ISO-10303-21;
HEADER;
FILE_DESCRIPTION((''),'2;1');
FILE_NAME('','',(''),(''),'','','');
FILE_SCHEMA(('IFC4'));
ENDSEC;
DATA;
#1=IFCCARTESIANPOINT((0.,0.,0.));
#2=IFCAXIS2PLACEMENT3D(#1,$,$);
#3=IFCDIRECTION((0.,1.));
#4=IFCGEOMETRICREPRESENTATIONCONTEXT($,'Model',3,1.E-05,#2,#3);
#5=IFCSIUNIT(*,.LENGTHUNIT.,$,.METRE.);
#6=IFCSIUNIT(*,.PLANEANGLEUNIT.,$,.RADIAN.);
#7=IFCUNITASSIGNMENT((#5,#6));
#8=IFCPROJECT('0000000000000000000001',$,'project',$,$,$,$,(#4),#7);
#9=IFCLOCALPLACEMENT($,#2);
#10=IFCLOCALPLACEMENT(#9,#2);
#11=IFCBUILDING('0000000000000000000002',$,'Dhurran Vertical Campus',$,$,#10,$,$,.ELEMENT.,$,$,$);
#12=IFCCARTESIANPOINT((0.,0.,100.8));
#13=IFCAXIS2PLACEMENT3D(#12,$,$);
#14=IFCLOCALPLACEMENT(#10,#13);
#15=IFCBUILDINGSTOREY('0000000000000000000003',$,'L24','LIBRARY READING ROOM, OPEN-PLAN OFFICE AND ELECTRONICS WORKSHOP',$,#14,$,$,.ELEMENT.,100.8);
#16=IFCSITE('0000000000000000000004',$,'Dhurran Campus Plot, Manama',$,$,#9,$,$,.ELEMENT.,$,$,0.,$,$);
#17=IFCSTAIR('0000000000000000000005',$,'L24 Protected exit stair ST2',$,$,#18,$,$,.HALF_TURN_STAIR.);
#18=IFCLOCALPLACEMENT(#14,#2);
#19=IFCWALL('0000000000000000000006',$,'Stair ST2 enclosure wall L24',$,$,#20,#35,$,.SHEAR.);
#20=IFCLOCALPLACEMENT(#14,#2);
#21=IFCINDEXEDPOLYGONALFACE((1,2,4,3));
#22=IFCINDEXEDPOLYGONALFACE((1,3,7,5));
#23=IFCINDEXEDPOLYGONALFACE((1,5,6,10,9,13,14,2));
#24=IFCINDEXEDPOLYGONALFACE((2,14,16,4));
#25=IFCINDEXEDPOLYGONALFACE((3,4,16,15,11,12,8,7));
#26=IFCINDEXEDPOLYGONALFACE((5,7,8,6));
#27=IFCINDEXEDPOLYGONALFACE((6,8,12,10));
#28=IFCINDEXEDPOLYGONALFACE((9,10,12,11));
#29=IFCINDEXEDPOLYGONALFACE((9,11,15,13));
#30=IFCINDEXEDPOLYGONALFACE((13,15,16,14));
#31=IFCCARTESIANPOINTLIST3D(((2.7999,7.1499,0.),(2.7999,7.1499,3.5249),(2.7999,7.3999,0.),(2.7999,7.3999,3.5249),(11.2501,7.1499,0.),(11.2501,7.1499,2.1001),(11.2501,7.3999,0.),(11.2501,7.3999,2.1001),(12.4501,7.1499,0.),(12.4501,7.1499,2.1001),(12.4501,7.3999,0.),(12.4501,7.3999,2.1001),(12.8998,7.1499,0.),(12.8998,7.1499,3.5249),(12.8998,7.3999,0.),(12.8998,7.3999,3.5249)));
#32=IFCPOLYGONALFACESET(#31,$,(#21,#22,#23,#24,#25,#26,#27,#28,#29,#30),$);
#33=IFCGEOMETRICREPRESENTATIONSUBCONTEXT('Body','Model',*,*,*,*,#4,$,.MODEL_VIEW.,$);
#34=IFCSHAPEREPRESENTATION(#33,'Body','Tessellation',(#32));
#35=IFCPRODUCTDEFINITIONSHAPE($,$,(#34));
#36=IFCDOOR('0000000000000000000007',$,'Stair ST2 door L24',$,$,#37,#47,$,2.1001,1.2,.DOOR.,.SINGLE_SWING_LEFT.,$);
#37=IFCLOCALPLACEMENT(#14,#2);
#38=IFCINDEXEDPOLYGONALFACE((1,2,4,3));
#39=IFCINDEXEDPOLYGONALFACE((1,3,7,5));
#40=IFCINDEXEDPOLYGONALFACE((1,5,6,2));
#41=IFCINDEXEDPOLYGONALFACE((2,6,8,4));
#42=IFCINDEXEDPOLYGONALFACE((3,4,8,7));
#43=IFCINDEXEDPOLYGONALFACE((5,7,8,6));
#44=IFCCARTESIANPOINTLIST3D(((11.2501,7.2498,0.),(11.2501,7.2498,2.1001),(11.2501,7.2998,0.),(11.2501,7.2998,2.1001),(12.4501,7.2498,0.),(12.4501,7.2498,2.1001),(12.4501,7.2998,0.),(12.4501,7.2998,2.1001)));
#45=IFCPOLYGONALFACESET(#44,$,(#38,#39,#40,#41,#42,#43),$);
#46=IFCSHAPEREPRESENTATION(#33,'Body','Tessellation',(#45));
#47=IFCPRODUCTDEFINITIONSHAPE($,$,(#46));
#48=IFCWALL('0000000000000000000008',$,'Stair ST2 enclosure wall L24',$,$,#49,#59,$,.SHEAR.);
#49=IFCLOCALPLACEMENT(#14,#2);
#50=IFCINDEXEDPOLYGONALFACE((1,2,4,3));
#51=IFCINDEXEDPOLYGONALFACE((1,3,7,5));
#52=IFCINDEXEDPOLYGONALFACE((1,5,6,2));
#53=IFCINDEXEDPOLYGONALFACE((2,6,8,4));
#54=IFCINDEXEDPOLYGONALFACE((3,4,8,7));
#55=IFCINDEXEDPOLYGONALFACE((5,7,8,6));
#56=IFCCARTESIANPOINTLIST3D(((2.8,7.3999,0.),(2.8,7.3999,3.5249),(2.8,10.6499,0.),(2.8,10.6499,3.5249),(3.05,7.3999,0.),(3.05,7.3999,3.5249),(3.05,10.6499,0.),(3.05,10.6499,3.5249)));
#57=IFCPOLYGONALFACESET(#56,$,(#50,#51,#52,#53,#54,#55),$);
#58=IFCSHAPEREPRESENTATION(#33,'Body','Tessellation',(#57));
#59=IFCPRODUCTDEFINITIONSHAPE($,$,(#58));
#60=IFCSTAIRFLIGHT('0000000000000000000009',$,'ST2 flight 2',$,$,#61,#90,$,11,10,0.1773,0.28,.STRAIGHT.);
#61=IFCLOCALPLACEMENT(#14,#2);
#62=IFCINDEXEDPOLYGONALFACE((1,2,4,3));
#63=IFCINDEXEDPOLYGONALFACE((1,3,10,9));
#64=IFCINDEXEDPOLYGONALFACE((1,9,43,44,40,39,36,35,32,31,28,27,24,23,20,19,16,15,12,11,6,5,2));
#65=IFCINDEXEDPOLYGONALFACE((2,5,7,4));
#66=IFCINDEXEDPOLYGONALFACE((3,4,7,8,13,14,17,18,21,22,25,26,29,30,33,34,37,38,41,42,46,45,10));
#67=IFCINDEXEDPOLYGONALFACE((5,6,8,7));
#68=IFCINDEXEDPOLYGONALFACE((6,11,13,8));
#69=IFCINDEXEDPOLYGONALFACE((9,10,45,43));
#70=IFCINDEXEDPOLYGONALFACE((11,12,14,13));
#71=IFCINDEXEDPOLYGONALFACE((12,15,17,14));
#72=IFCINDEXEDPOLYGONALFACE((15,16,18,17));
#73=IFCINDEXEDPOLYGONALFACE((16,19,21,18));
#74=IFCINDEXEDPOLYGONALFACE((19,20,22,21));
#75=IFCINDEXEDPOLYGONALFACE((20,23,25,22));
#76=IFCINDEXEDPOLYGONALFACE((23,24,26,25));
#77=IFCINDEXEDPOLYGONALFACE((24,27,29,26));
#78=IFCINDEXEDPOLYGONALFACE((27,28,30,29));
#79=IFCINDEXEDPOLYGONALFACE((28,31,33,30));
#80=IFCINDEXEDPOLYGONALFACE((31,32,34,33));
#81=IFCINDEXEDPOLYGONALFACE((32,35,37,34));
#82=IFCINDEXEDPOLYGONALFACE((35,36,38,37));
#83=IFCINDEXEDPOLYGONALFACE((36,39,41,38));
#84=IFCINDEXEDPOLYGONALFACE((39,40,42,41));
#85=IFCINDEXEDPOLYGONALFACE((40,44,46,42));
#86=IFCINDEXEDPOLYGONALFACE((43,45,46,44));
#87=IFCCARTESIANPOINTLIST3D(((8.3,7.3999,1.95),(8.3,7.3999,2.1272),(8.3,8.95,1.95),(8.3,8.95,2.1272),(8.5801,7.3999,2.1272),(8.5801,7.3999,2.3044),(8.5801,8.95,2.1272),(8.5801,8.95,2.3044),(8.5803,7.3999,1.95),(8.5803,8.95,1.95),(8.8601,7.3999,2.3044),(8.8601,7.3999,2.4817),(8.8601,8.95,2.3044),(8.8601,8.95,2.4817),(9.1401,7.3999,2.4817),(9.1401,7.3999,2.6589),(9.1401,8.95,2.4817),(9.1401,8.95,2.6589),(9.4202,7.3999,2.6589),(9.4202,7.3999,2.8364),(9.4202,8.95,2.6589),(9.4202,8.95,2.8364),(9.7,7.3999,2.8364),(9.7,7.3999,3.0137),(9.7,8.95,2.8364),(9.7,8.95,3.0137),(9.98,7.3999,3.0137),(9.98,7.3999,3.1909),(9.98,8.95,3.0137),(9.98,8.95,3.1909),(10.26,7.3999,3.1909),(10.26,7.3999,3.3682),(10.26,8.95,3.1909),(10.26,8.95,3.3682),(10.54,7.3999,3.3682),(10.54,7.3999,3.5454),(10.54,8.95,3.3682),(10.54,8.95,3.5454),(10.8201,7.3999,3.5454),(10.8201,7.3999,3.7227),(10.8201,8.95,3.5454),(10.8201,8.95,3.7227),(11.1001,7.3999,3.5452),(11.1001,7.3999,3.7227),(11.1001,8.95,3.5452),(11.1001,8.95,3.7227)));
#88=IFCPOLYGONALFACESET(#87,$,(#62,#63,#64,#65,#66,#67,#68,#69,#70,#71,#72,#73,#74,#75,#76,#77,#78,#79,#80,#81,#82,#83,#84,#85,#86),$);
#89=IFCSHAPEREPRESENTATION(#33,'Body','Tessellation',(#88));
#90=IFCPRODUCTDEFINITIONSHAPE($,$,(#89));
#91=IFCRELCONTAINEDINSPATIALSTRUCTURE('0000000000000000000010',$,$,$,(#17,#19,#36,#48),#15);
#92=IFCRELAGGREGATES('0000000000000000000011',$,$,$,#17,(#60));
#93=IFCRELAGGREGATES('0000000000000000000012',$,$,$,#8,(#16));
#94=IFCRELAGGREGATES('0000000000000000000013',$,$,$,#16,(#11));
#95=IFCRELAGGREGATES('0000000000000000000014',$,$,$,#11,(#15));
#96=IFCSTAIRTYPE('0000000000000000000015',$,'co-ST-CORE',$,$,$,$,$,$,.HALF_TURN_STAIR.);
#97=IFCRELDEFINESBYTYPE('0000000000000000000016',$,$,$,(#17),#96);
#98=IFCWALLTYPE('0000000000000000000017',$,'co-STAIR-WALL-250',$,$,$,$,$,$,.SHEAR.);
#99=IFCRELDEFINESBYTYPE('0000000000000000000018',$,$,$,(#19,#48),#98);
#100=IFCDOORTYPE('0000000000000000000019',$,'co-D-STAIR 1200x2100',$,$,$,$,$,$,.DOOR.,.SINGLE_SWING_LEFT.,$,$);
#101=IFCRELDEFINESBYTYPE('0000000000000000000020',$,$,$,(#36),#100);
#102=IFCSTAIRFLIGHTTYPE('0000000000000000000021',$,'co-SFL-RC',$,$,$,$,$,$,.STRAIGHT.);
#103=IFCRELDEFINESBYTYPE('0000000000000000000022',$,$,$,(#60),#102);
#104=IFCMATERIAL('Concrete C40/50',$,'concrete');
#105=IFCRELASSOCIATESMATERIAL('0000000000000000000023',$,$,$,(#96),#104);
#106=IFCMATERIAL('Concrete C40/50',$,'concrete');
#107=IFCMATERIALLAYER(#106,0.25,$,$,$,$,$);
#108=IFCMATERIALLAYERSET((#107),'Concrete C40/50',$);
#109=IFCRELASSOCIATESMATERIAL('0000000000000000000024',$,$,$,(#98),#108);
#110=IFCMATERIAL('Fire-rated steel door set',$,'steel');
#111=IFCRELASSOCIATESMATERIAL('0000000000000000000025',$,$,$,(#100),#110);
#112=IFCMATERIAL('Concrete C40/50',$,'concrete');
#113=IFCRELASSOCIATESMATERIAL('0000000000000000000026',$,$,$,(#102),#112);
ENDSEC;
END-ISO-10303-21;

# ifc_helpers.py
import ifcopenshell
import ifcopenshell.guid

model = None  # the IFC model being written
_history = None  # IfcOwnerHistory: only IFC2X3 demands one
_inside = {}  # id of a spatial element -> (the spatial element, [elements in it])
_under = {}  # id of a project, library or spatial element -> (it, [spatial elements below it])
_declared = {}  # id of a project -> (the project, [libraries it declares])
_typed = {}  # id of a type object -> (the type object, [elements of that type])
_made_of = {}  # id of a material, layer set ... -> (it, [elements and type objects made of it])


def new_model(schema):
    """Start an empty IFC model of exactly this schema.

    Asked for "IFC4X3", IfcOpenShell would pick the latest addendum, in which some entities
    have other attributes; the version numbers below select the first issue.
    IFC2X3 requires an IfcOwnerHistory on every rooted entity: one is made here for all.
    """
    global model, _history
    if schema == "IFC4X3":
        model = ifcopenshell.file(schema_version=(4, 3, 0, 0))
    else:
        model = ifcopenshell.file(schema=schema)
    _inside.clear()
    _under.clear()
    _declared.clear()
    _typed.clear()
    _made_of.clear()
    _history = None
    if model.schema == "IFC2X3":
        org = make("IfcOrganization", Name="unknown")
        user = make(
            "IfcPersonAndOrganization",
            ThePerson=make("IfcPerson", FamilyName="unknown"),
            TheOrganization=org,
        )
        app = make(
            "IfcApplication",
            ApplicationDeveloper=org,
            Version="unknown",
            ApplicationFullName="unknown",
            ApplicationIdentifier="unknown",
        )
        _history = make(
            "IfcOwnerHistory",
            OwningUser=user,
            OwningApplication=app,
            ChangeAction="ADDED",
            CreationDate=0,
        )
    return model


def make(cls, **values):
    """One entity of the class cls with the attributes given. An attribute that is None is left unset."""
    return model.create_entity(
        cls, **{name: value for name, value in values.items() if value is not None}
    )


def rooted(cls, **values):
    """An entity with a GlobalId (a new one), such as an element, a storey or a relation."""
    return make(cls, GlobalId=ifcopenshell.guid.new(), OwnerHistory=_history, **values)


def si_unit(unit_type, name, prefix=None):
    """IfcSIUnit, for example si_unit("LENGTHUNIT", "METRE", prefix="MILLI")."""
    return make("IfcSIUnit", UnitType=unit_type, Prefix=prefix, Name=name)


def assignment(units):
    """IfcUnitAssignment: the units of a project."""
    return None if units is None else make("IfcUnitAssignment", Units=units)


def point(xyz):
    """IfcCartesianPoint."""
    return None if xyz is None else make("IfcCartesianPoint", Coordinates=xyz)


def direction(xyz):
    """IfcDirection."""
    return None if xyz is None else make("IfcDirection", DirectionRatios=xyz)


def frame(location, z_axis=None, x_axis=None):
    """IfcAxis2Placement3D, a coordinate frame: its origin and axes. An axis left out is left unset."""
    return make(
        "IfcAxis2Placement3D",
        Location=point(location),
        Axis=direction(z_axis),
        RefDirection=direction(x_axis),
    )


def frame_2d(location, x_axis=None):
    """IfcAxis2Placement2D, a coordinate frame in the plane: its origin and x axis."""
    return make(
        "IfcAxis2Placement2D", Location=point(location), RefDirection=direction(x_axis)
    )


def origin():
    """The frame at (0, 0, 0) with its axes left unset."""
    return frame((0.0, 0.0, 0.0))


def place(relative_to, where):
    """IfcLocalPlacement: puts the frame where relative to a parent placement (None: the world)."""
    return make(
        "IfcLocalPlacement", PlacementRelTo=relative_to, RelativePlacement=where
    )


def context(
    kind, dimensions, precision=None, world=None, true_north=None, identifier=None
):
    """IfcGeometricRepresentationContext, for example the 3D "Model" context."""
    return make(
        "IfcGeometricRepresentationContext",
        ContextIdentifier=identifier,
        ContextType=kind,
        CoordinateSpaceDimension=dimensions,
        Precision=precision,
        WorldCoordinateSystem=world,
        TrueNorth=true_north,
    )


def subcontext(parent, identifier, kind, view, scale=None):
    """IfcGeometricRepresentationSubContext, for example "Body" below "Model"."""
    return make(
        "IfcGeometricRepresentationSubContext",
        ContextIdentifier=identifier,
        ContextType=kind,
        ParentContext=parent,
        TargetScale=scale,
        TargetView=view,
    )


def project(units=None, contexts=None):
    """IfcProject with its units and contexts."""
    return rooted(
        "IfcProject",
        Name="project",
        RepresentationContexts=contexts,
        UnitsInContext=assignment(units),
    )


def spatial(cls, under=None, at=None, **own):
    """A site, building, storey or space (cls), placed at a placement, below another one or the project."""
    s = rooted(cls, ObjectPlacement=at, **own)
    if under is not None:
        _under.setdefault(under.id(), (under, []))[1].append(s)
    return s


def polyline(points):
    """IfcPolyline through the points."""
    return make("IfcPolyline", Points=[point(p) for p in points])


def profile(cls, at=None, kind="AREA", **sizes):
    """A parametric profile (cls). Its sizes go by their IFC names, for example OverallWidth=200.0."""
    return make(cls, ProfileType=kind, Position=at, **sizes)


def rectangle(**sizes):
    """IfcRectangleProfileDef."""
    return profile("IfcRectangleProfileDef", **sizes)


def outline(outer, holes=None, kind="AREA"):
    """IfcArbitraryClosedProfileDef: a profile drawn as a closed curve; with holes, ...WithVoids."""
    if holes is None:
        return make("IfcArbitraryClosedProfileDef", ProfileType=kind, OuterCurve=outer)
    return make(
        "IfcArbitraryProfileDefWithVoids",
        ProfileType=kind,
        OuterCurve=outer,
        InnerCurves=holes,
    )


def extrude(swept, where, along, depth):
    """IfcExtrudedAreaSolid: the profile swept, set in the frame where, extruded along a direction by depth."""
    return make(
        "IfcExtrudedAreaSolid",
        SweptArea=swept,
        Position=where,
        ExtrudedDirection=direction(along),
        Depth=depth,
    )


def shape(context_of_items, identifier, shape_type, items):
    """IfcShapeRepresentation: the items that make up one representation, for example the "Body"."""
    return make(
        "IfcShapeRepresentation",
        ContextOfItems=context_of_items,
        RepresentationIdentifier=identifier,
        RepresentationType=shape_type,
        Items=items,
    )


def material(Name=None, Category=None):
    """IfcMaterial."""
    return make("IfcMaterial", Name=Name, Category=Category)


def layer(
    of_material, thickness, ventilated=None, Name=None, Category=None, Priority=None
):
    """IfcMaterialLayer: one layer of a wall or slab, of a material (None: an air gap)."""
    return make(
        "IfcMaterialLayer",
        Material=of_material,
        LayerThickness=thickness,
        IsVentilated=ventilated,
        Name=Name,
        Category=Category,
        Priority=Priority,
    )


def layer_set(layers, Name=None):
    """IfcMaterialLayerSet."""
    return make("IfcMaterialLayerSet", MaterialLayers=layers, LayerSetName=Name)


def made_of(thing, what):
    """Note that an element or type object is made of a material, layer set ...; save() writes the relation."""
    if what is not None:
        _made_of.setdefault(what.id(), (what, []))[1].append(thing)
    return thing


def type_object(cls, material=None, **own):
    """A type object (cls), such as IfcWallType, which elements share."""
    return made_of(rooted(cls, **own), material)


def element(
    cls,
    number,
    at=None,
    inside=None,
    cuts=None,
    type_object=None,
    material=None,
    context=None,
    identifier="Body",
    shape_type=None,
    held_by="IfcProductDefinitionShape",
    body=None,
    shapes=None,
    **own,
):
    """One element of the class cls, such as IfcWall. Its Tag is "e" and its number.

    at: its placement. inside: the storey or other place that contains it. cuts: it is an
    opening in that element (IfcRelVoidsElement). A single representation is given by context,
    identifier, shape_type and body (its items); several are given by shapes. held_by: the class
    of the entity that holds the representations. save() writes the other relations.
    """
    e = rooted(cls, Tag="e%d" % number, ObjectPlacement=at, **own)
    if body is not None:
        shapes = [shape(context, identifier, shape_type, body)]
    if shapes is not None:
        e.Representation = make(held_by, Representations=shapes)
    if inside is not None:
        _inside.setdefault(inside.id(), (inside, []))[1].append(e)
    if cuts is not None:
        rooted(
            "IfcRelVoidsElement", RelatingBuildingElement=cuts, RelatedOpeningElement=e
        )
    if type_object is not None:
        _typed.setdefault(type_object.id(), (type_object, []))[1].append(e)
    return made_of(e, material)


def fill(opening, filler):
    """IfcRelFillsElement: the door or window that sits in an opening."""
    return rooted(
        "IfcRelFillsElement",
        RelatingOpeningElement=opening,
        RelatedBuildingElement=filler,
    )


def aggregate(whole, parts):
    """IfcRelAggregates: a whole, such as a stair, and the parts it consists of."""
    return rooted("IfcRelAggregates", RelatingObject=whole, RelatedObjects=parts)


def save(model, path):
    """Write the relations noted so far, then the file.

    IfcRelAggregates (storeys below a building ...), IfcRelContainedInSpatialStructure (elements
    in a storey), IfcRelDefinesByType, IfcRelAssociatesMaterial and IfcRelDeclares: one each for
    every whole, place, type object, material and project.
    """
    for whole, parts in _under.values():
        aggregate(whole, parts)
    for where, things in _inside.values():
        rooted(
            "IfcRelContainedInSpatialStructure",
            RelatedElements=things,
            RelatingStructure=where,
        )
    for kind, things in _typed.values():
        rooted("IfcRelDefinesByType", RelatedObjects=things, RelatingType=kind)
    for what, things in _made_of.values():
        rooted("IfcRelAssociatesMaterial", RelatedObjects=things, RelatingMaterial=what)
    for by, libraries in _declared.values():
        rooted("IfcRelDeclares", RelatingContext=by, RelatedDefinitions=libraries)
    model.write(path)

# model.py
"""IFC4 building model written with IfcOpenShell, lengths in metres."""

from ifc_helpers import new_model, si_unit, direction, frame, frame_2d, origin, place, context, subcontext, project, spatial, polyline, rectangle, outline, extrude, material, layer, layer_set, type_object, element, fill, aggregate, save


model = new_model("IFC4")

# Units and contexts
model_context = context("Model", 3, precision=1e-05, world=origin(), true_north=direction((0.0, 1.0)))
body_context = subcontext(model_context, "Body", "Model", "MODEL_VIEW")
ifc_project = project(units=[si_unit("LENGTHUNIT", "METRE"), si_unit("PLANEANGLEUNIT", "RADIAN")], contexts=[model_context])

# Site, building, storey
site_placement = place(None, origin())
site = spatial("IfcSite", under=ifc_project, at=site_placement, Name="Dhurran Campus Plot, Manama", CompositionType="ELEMENT", RefElevation=0.0)
building_placement = place(site_placement, origin())
building = spatial("IfcBuilding", under=site, at=building_placement, Name="Dhurran Vertical Campus", CompositionType="ELEMENT")
storey_placement = place(building_placement, frame((0.0, 0.0, 100.8)))
storey = spatial("IfcBuildingStorey", under=building, at=storey_placement, Name="L24", Description="LIBRARY READING ROOM, OPEN-PLAN OFFICE AND ELECTRONICS WORKSHOP", CompositionType="ELEMENT", Elevation=100.8)

# Stair
ifc_material_1 = material(Name="Concrete C40/50", Category="concrete")
stair_type = type_object("IfcStairType", Name="co-ST-CORE", PredefinedType="HALF_TURN_STAIR", material=ifc_material_1)
stair_1_placement = place(storey_placement, origin())
stair_1 = element("IfcStair", 1, at=stair_1_placement, inside=storey, type_object=stair_type, Name="L24 Protected exit stair ST2", PredefinedType="HALF_TURN_STAIR")

# Wall, opening, door
ifc_material_2 = material(Name="Concrete C40/50", Category="concrete")
ifc_layer_1 = layer(ifc_material_2, 0.25)
ifc_layer_set_1 = layer_set([ifc_layer_1], Name="Concrete C40/50")
wall_type_1 = type_object("IfcWallType", Name="co-STAIR-WALL-250", PredefinedType="SHEAR", material=ifc_layer_set_1)
wall_1_placement = place(storey_placement, frame((2.8, 7.2749, 0.0), z_axis=(0.0, 0.0, 1.0), x_axis=(1.0, 0.0, 0.0)))
wall_1 = element("IfcWall", 2, at=wall_1_placement, inside=storey, type_object=wall_type_1, Name="Stair ST2 enclosure wall L24", PredefinedType="SHEAR", context=body_context, shape_type="SweptSolid", body=[
    extrude(rectangle(XDim=10.0999, YDim=0.25, at=frame_2d((5.0498, 0.0))), origin(), (0.0, 0.0, 1.0), 3.5249),
])
opening_1_placement = place(wall_1_placement, frame((8.45, 0.0, 0.0)))
opening_1 = element("IfcOpeningElement", 3, at=opening_1_placement, cuts=wall_1, PredefinedType="OPENING", context=body_context, shape_type="SweptSolid", body=[
    extrude(rectangle(XDim=1.2, YDim=2.1001, at=frame_2d((0.6001, 1.05))), frame((0.0, 0.135, 0.0), z_axis=(0.0, -1.0, 0.0), x_axis=(1.0, 0.0, 0.0)), (0.0, 0.0, 1.0), 0.27),
])
ifc_material_3 = material(Name="Fire-rated steel door set", Category="steel")
door_type_1 = type_object("IfcDoorType", Name="co-D-STAIR 1200x2100", OperationType="SINGLE_SWING_LEFT", PredefinedType="DOOR", material=ifc_material_3)
door_1_placement = place(opening_1_placement, origin())
door_1 = element("IfcDoor", 4, at=door_1_placement, inside=storey, type_object=door_type_1, Name="Stair ST2 door L24", OperationType="SINGLE_SWING_LEFT", OverallHeight=2.1001, OverallWidth=1.2, PredefinedType="DOOR", context=body_context, shape_type="SweptSolid", body=[
    extrude(rectangle(XDim=1.2, YDim=2.1001, at=frame_2d((0.6001, 1.05))), frame((0.0, 0.0249, 0.0), z_axis=(0.0, -1.0, 0.0), x_axis=(1.0, 0.0, 0.0)), (0.0, 0.0, 1.0), 0.05),
])
fill(opening_1, door_1)

# Wall
wall_2_placement = place(storey_placement, frame((2.925, 7.3999, 0.0), z_axis=(0.0, 0.0, 1.0), x_axis=(0.0, 1.0, 0.0)))
element("IfcWall", 5, at=wall_2_placement, inside=storey, type_object=wall_type_1, Name="Stair ST2 enclosure wall L24", PredefinedType="SHEAR", context=body_context, shape_type="SweptSolid", body=[
    extrude(rectangle(XDim=3.25, YDim=0.25, at=frame_2d((1.625, 0.0))), origin(), (0.0, 0.0, 1.0), 3.5249),
])

# Stair flight
ifc_material_4 = material(Name="Concrete C40/50", Category="concrete")
stair_flight_type = type_object("IfcStairFlightType", Name="co-SFL-RC", PredefinedType="STRAIGHT", material=ifc_material_4)
stair_flight_placement = place(storey_placement, frame((8.3, 8.175, 1.95), z_axis=(0.0, 0.0, 1.0), x_axis=(1.0, 0.0, 0.0)))
stair_flight = element("IfcStairFlight", 6, at=stair_flight_placement, type_object=stair_flight_type, Name="ST2 flight 2", NumberOfRisers=11, NumberOfTreads=10, PredefinedType="STRAIGHT", RiserHeight=0.1773, TreadLength=0.28, context=body_context, shape_type="SweptSolid", body=[
    extrude(outline(polyline([(0.0, 0.0), (0.0, 0.1772), (0.28, 0.1772), (0.28, 0.3545), (0.5601, 0.3545), (0.5601, 0.5317), (0.8401, 0.5317), (0.8401, 0.709), (1.1201, 0.709), (1.1201, 0.8865), (1.3999, 0.8865), (1.3999, 1.0637), (1.6799, 1.0637), (1.6799, 1.241), (1.96, 1.241), (1.96, 1.4182), (2.24, 1.4182), (2.24, 1.5955), (2.52, 1.5955), (2.52, 1.7727), (2.8, 1.7727), (2.8, 1.95), (2.8, 1.5952), (0.2803, 0.0), (0.0, 0.0)])), frame((0.0, 0.7749, 0.0), z_axis=(0.0, -1.0, 0.0), x_axis=(1.0, 0.0, 0.0)), (0.0, 0.0, 1.0), 1.55),
])
aggregate(stair_1, [stair_flight])

save(model, "model.ifc")
